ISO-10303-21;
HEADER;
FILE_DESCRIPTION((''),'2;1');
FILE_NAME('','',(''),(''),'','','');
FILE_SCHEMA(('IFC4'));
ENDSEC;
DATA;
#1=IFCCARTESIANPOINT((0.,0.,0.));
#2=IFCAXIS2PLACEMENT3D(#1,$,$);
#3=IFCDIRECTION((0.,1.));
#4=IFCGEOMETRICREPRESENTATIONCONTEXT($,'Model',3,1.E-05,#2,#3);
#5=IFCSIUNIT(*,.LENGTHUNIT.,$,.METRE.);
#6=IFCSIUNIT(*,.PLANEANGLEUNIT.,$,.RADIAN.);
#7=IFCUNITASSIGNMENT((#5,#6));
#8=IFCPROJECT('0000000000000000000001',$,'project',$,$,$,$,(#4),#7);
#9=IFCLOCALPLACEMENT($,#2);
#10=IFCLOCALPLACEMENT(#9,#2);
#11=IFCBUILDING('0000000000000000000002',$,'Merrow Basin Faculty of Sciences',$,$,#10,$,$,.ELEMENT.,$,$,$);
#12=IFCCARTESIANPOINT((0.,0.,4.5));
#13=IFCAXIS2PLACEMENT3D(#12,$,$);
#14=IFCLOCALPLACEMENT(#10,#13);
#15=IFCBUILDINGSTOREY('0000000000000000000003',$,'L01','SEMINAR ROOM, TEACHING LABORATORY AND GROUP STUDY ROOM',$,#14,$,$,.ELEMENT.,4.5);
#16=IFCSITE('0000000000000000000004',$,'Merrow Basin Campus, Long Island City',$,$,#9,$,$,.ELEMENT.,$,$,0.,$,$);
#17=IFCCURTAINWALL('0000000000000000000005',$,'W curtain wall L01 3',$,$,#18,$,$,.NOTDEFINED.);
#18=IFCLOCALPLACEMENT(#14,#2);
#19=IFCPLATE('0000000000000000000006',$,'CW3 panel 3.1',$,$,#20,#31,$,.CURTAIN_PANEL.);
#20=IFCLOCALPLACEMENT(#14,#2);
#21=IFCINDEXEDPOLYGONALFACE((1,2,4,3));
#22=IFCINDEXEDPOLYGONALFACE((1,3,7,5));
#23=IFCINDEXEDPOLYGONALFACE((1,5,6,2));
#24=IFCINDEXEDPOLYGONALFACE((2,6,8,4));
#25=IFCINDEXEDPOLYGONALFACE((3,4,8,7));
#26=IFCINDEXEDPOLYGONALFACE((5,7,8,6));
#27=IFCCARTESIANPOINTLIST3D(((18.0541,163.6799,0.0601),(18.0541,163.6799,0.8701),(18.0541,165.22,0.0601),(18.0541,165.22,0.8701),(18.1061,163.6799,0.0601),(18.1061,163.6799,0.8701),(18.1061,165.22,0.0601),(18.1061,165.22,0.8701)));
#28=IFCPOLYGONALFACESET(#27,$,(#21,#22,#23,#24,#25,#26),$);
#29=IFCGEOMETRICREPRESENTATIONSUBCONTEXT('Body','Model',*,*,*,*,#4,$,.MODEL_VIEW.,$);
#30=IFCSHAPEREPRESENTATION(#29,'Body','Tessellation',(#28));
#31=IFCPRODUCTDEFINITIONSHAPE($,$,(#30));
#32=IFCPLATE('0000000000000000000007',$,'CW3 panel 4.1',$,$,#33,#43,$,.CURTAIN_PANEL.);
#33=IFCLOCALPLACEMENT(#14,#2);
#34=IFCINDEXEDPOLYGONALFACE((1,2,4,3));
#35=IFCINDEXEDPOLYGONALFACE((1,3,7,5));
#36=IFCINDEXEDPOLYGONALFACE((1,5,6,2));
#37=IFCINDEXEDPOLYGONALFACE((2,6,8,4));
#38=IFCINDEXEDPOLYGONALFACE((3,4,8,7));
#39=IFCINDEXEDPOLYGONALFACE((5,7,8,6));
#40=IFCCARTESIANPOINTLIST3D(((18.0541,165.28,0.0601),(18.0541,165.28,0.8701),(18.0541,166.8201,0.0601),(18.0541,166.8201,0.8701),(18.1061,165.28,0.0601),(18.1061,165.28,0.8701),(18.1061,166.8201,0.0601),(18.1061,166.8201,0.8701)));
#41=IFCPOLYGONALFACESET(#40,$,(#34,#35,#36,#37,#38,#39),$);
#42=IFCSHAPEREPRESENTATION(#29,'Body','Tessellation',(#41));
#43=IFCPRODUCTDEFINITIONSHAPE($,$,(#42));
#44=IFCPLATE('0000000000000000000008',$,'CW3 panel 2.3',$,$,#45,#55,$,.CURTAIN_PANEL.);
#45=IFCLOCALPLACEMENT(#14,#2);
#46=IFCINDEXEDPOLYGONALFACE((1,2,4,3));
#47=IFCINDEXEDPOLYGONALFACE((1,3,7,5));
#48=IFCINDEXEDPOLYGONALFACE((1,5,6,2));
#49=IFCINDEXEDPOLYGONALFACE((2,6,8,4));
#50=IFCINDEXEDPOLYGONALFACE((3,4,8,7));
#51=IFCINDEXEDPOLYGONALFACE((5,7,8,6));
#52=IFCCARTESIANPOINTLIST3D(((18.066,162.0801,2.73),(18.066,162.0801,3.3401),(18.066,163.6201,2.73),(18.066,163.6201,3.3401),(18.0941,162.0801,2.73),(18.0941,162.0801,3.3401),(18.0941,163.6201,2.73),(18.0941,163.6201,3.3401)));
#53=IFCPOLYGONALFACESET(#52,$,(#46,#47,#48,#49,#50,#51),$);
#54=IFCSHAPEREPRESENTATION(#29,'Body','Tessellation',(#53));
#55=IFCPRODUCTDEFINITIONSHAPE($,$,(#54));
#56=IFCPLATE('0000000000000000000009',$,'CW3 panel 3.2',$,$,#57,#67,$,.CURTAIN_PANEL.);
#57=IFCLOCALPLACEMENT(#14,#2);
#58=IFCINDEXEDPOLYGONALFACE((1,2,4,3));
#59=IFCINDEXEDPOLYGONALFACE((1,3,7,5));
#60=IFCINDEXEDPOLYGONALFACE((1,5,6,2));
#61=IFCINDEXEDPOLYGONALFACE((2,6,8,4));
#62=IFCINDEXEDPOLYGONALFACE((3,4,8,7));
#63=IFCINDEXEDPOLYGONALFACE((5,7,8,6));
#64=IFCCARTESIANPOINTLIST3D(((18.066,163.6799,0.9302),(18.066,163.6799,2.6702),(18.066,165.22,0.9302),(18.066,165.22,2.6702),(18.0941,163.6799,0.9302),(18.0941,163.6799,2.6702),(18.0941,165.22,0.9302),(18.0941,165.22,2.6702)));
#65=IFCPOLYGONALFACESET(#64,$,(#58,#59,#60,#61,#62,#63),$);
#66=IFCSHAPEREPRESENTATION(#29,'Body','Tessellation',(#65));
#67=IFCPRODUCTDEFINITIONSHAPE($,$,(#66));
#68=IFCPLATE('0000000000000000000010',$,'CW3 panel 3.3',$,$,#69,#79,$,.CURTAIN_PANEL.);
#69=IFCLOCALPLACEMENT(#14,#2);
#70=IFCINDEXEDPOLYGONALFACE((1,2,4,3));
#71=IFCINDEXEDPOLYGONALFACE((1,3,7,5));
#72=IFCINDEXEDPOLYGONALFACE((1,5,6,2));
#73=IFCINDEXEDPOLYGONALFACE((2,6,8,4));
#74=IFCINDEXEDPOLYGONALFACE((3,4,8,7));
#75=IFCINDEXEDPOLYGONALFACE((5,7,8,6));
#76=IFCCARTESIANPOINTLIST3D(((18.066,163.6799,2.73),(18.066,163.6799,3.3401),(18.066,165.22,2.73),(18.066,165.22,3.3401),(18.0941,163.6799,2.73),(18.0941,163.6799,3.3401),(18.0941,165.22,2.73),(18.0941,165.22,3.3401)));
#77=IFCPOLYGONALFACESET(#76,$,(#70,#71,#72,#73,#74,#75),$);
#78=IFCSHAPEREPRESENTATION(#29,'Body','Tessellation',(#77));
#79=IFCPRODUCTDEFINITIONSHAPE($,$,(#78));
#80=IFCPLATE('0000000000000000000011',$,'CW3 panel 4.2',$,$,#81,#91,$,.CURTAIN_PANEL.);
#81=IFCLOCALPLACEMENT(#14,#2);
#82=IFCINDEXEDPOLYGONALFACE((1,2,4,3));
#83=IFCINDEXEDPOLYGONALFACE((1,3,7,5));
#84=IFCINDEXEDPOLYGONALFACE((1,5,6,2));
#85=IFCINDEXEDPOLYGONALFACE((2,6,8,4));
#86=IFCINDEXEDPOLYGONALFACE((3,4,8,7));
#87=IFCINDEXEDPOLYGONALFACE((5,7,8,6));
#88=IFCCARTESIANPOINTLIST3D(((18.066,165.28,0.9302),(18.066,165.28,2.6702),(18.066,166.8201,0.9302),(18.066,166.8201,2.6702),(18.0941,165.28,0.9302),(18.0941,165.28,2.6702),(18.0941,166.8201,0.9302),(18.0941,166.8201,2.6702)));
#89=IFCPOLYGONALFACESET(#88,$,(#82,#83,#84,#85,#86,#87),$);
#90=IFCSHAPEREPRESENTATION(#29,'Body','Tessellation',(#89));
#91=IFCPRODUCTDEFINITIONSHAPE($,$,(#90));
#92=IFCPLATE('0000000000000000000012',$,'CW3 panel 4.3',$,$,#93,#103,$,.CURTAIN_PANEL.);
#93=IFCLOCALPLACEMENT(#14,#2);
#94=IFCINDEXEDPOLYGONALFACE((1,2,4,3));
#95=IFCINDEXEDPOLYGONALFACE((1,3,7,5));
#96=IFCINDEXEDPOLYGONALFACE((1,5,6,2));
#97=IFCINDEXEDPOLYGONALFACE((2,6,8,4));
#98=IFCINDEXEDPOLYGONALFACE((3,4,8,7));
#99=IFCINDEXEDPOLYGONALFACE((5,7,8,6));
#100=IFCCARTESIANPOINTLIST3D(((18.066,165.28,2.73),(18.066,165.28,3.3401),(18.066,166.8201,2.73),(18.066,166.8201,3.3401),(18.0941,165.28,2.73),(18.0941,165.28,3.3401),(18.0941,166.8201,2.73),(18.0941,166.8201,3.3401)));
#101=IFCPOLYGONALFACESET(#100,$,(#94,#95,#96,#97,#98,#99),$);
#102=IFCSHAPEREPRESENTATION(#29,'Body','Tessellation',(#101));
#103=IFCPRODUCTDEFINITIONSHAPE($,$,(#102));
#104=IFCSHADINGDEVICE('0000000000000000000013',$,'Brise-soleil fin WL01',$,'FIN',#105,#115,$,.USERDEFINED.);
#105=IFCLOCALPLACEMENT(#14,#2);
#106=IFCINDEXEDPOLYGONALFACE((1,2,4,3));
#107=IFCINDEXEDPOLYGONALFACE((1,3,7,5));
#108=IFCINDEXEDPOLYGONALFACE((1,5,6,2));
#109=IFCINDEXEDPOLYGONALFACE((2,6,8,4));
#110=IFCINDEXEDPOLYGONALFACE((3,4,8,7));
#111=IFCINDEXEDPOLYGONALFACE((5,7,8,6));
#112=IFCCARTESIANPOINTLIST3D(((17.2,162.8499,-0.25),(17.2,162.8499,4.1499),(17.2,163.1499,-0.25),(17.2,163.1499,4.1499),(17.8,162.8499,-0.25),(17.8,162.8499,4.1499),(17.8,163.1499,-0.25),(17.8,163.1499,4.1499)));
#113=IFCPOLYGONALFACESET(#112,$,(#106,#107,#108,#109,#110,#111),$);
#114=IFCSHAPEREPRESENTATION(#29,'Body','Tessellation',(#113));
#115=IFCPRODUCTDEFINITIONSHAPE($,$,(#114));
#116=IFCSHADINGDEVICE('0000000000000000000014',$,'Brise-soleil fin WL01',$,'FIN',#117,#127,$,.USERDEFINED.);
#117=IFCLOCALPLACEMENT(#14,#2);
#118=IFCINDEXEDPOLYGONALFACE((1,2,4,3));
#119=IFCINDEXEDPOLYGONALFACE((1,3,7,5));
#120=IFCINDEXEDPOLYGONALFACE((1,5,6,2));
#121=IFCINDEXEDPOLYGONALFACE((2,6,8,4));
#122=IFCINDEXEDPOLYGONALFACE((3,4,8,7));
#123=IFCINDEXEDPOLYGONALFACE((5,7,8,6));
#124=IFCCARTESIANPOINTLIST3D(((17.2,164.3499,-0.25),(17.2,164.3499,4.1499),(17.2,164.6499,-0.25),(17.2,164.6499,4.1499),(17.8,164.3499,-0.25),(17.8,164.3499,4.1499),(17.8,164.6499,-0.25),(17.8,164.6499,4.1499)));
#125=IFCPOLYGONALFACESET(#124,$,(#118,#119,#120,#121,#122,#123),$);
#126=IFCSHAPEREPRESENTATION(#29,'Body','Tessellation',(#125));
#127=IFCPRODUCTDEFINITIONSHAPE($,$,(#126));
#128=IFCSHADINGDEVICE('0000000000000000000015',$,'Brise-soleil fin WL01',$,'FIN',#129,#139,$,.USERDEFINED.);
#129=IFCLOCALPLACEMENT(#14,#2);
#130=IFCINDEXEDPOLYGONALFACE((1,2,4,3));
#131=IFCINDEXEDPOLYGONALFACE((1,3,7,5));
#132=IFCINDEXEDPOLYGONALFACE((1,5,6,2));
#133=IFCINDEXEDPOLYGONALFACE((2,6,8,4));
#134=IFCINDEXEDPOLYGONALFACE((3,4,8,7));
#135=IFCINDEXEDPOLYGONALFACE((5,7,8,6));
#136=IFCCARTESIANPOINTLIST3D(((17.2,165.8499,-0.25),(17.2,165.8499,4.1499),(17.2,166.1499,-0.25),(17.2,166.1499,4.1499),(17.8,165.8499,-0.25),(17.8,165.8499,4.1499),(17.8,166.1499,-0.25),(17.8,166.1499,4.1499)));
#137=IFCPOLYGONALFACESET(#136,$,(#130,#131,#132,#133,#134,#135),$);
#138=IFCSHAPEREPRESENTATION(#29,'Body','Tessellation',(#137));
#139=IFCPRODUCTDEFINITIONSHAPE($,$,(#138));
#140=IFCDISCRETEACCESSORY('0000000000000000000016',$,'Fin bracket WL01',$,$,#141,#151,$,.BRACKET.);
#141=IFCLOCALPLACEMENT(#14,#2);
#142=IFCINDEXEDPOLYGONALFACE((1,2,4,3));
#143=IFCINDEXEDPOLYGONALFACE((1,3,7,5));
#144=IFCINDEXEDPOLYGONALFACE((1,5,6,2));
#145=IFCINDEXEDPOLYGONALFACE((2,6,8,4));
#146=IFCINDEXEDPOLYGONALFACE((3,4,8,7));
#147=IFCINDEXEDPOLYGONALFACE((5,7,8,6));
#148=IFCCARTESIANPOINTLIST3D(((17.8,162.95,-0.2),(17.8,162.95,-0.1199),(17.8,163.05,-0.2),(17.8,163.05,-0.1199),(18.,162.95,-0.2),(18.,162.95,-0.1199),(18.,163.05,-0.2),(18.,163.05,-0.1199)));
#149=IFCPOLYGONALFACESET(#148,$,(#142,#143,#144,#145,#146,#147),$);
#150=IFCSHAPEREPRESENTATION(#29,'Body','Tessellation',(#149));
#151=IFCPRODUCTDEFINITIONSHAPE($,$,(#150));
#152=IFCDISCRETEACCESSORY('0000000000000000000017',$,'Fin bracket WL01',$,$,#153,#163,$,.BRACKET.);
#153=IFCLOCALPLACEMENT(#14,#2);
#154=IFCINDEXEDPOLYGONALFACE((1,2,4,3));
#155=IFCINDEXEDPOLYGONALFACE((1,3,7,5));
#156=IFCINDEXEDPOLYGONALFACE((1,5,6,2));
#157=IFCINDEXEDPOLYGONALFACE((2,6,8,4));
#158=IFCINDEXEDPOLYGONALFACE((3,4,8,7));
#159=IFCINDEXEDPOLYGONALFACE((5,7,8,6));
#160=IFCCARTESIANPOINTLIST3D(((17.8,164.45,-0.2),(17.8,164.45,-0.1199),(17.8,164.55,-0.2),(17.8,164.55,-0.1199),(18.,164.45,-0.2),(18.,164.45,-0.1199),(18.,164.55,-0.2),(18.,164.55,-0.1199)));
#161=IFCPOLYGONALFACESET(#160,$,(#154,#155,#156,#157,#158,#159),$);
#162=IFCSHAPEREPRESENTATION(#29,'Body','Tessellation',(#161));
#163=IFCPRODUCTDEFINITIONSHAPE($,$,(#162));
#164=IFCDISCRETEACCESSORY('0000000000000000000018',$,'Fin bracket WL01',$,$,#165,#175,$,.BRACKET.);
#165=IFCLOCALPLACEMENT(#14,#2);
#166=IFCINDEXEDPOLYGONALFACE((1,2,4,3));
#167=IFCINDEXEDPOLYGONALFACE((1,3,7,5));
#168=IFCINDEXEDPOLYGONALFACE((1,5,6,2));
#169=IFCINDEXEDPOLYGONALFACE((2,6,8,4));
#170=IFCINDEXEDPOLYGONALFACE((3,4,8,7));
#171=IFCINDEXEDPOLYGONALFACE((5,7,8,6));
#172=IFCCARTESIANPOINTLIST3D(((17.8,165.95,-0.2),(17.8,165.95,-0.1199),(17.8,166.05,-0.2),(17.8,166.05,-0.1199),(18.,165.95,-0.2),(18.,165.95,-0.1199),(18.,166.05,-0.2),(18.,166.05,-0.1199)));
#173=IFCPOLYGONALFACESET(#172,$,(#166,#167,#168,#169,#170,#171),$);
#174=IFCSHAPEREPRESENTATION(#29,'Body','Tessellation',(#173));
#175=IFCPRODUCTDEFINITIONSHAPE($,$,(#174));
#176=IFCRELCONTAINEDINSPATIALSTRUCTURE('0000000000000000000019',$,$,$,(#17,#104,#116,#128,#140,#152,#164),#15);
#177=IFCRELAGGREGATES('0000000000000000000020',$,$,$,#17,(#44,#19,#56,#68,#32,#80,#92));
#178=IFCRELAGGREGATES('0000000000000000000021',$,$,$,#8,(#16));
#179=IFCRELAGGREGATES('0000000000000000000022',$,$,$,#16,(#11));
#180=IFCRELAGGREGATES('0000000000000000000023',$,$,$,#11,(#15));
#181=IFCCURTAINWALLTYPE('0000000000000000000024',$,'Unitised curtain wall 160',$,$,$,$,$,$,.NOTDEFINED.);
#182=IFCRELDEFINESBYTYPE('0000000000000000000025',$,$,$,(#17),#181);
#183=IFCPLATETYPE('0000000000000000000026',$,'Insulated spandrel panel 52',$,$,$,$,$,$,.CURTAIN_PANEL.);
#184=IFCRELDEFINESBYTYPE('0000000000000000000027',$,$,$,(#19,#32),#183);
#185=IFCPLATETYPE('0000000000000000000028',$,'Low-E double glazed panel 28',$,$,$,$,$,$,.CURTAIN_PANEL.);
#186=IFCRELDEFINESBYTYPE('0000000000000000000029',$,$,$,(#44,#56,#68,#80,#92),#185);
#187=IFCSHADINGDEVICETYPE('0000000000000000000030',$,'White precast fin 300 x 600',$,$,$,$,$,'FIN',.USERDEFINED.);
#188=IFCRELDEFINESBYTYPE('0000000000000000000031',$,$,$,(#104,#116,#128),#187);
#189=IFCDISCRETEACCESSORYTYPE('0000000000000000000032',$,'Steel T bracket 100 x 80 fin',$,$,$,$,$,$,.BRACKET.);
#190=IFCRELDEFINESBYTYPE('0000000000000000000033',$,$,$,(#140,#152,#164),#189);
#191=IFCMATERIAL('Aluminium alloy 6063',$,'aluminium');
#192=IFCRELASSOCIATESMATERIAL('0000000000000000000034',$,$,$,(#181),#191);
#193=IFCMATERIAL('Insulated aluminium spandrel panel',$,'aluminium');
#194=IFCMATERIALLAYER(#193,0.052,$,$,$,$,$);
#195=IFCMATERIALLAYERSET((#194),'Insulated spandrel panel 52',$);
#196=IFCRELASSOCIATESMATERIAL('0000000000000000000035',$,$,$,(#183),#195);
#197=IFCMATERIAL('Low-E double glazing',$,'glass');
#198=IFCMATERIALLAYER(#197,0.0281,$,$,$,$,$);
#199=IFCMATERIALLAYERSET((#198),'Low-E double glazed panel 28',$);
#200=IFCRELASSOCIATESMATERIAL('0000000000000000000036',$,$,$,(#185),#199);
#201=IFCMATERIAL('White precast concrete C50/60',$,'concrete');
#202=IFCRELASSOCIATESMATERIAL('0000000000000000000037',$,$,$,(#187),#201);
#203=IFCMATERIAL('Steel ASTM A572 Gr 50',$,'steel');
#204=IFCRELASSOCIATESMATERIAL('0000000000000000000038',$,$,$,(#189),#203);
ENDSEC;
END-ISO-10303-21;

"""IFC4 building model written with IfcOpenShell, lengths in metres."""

from ifc_helpers import new_model, si_unit, direction, frame, origin, origin_2d, place, context, subcontext, project, spatial, polyline, rectangle, outline, extrude, source, transform, mapped, material, layer, layer_set, type_object, element, aggregate, save


model = new_model("IFC4")

# Units and contexts
model_context = context("Model", 3, precision=1e-05, world=origin(), true_north=direction((0.0, 1.0)))
body_context = subcontext(model_context, "Body", "Model", "MODEL_VIEW")
ifc_project = project(units=[si_unit("LENGTHUNIT", "METRE"), si_unit("PLANEANGLEUNIT", "RADIAN")], contexts=[model_context])

# Site, building, storey
site_placement = place(None, origin())
site = spatial("IfcSite", under=ifc_project, at=site_placement, Name="Merrow Basin Campus, Long Island City", CompositionType="ELEMENT", RefElevation=0.0)
building_placement = place(site_placement, origin())
building = spatial("IfcBuilding", under=site, at=building_placement, Name="Merrow Basin Faculty of Sciences", CompositionType="ELEMENT")
storey_placement = place(building_placement, frame((0.0, 0.0, 4.5)))
storey = spatial("IfcBuildingStorey", under=building, at=storey_placement, Name="L01", Description="SEMINAR ROOM, TEACHING LABORATORY AND GROUP STUDY ROOM", CompositionType="ELEMENT", Elevation=4.5)

# Curtain wall, plates
ifc_material_1 = material(Name="Aluminium alloy 6063", Category="aluminium")
curtain_wall_type = type_object("IfcCurtainWallType", Name="Unitised curtain wall 160", PredefinedType="NOTDEFINED", material=ifc_material_1)
curtain_wall_placement = place(storey_placement, origin())
curtain_wall = element("IfcCurtainWall", 1, at=curtain_wall_placement, inside=storey, type_object=curtain_wall_type, Name="W curtain wall L01 3", PredefinedType="NOTDEFINED")
ifc_material_2 = material(Name="Insulated aluminium spandrel panel", Category="aluminium")
ifc_layer_1 = layer(ifc_material_2, 0.052)
ifc_layer_set_1 = layer_set([ifc_layer_1], Name="Insulated spandrel panel 52")
plate_type_1 = type_object("IfcPlateType", Name="Insulated spandrel panel 52", PredefinedType="CURTAIN_PANEL", material=ifc_layer_set_1)
plate_1_placement = place(storey_placement, frame((18.0801, 164.45, 0.0601), z_axis=(0.0, 0.0, 1.0), x_axis=(0.0, 1.0, 0.0)))
plate_1 = element("IfcPlate", 2, at=plate_1_placement, type_object=plate_type_1, Name="CW3 panel 3.1", PredefinedType="CURTAIN_PANEL", context=body_context, shape_type="SweptSolid", body=[
    extrude(rectangle(XDim=1.54, YDim=0.052, at=origin_2d()), origin(), (0.0, 0.0, 1.0), 0.8101),
])
plate_2_placement = place(storey_placement, frame((18.0801, 166.05, 0.0601), z_axis=(0.0, 0.0, 1.0), x_axis=(0.0, 1.0, 0.0)))
plate_2 = element("IfcPlate", 3, at=plate_2_placement, type_object=plate_type_1, Name="CW3 panel 4.1", PredefinedType="CURTAIN_PANEL", context=body_context, shape_type="SweptSolid", body=[
    extrude(rectangle(XDim=1.54, YDim=0.052, at=origin_2d()), origin(), (0.0, 0.0, 1.0), 0.8101),
])
ifc_material_3 = material(Name="Low-E double glazing", Category="glass")
ifc_layer_2 = layer(ifc_material_3, 0.0281)
ifc_layer_set_2 = layer_set([ifc_layer_2], Name="Low-E double glazed panel 28")
plate_type_2 = type_object("IfcPlateType", Name="Low-E double glazed panel 28", PredefinedType="CURTAIN_PANEL", material=ifc_layer_set_2)
plate_3_placement = place(storey_placement, frame((18.0801, 162.8501, 2.73), z_axis=(0.0, 0.0, 1.0), x_axis=(0.0, 1.0, 0.0)))
plate_3 = element("IfcPlate", 4, at=plate_3_placement, type_object=plate_type_2, Name="CW3 panel 2.3", PredefinedType="CURTAIN_PANEL", context=body_context, shape_type="SweptSolid", body=[
    extrude(rectangle(XDim=1.54, YDim=0.0281, at=origin_2d()), origin(), (0.0, 0.0, 1.0), 0.6101),
])
plate_4_placement = place(storey_placement, frame((18.0801, 164.45, 0.9302), z_axis=(0.0, 0.0, 1.0), x_axis=(0.0, 1.0, 0.0)))
plate_4 = element("IfcPlate", 5, at=plate_4_placement, type_object=plate_type_2, Name="CW3 panel 3.2", PredefinedType="CURTAIN_PANEL", context=body_context, shape_type="SweptSolid", body=[
    extrude(rectangle(XDim=1.54, YDim=0.0281, at=origin_2d()), origin(), (0.0, 0.0, 1.0), 1.74),
])
plate_5_placement = place(storey_placement, frame((18.0801, 164.45, 2.73), z_axis=(0.0, 0.0, 1.0), x_axis=(0.0, 1.0, 0.0)))
plate_5 = element("IfcPlate", 6, at=plate_5_placement, type_object=plate_type_2, Name="CW3 panel 3.3", PredefinedType="CURTAIN_PANEL", context=body_context, shape_type="SweptSolid", body=[
    extrude(rectangle(XDim=1.54, YDim=0.0281, at=origin_2d()), origin(), (0.0, 0.0, 1.0), 0.6101),
])
plate_6_placement = place(storey_placement, frame((18.0801, 166.05, 0.9302), z_axis=(0.0, 0.0, 1.0), x_axis=(0.0, 1.0, 0.0)))
plate_6 = element("IfcPlate", 7, at=plate_6_placement, type_object=plate_type_2, Name="CW3 panel 4.2", PredefinedType="CURTAIN_PANEL", context=body_context, shape_type="SweptSolid", body=[
    extrude(rectangle(XDim=1.54, YDim=0.0281, at=origin_2d()), origin(), (0.0, 0.0, 1.0), 1.74),
])
plate_7_placement = place(storey_placement, frame((18.0801, 166.05, 2.73), z_axis=(0.0, 0.0, 1.0), x_axis=(0.0, 1.0, 0.0)))
plate_7 = element("IfcPlate", 8, at=plate_7_placement, type_object=plate_type_2, Name="CW3 panel 4.3", PredefinedType="CURTAIN_PANEL", context=body_context, shape_type="SweptSolid", body=[
    extrude(rectangle(XDim=1.54, YDim=0.0281, at=origin_2d()), origin(), (0.0, 0.0, 1.0), 0.6101),
])
aggregate(curtain_wall, [plate_3, plate_1, plate_4, plate_5, plate_2, plate_6, plate_7])

# Shading devices
ifc_material_4 = material(Name="White precast concrete C50/60", Category="concrete")
shading_device_type = type_object("IfcShadingDeviceType", Name="White precast fin 300 x 600", ElementType="FIN", PredefinedType="USERDEFINED", material=ifc_material_4)
shared_shape_1 = source(origin(), body_context, "Body", "SweptSolid", [
    extrude(outline(polyline([(0.0, 0.0), (0.3, 0.0), (0.3, 4.3999), (0.0, 4.3999), (0.0, 0.0)])), origin(), (0.0, 0.0, 1.0), 0.6001),
])
for number, where, z_axis, x_axis, name in (
    (9, (17.8, 163.1499, -0.25), (-1.0, 0.0, 0.0), (0.0, -1.0, 0.0), "Brise-soleil fin WL01"),
    (10, (17.8, 164.6499, -0.25), (-1.0, 0.0, 0.0), (0.0, -1.0, 0.0), "Brise-soleil fin WL01"),
    (11, (17.8, 166.1499, -0.25), (-1.0, 0.0, 0.0), (0.0, -1.0, 0.0), "Brise-soleil fin WL01"),
):
    element("IfcShadingDevice", number, at=place(storey_placement, frame(where, z_axis=z_axis, x_axis=x_axis)), inside=storey, type_object=shading_device_type, Name=name, ObjectType="FIN", PredefinedType="USERDEFINED", context=body_context, shape_type="MappedRepresentation", body=[
        mapped(shared_shape_1, transform((0.0, 0.0, 0.0), scale=1.0)),
    ])

# Discrete accessories
ifc_material_5 = material(Name="Steel ASTM A572 Gr 50", Category="steel")
discrete_accessory_type = type_object("IfcDiscreteAccessoryType", Name="Steel T bracket 100 x 80 fin", PredefinedType="BRACKET", material=ifc_material_5)
shared_shape_2 = source(origin(), body_context, "Body", "SweptSolid", [
    extrude(outline(polyline([(0.0, 0.0), (0.1001, 0.0), (0.1001, 0.0801), (0.0, 0.0801), (0.0, 0.0)])), origin(), (0.0, 0.0, 1.0), 0.2),
])
for number, where, z_axis, x_axis, name in (
    (12, (18.0, 163.05, -0.2), (-1.0, 0.0, 0.0), (0.0, -1.0, 0.0), "Fin bracket WL01"),
    (13, (18.0, 164.55, -0.2), (-1.0, 0.0, 0.0), (0.0, -1.0, 0.0), "Fin bracket WL01"),
    (14, (18.0, 166.05, -0.2), (-1.0, 0.0, 0.0), (0.0, -1.0, 0.0), "Fin bracket WL01"),
):
    element("IfcDiscreteAccessory", number, at=place(storey_placement, frame(where, z_axis=z_axis, x_axis=x_axis)), inside=storey, type_object=discrete_accessory_type, Name=name, PredefinedType="BRACKET", context=body_context, shape_type="MappedRepresentation", body=[
        mapped(shared_shape_2, transform((0.0, 0.0, 0.0), scale=1.0)),
    ])

save(model, "model.ifc")
